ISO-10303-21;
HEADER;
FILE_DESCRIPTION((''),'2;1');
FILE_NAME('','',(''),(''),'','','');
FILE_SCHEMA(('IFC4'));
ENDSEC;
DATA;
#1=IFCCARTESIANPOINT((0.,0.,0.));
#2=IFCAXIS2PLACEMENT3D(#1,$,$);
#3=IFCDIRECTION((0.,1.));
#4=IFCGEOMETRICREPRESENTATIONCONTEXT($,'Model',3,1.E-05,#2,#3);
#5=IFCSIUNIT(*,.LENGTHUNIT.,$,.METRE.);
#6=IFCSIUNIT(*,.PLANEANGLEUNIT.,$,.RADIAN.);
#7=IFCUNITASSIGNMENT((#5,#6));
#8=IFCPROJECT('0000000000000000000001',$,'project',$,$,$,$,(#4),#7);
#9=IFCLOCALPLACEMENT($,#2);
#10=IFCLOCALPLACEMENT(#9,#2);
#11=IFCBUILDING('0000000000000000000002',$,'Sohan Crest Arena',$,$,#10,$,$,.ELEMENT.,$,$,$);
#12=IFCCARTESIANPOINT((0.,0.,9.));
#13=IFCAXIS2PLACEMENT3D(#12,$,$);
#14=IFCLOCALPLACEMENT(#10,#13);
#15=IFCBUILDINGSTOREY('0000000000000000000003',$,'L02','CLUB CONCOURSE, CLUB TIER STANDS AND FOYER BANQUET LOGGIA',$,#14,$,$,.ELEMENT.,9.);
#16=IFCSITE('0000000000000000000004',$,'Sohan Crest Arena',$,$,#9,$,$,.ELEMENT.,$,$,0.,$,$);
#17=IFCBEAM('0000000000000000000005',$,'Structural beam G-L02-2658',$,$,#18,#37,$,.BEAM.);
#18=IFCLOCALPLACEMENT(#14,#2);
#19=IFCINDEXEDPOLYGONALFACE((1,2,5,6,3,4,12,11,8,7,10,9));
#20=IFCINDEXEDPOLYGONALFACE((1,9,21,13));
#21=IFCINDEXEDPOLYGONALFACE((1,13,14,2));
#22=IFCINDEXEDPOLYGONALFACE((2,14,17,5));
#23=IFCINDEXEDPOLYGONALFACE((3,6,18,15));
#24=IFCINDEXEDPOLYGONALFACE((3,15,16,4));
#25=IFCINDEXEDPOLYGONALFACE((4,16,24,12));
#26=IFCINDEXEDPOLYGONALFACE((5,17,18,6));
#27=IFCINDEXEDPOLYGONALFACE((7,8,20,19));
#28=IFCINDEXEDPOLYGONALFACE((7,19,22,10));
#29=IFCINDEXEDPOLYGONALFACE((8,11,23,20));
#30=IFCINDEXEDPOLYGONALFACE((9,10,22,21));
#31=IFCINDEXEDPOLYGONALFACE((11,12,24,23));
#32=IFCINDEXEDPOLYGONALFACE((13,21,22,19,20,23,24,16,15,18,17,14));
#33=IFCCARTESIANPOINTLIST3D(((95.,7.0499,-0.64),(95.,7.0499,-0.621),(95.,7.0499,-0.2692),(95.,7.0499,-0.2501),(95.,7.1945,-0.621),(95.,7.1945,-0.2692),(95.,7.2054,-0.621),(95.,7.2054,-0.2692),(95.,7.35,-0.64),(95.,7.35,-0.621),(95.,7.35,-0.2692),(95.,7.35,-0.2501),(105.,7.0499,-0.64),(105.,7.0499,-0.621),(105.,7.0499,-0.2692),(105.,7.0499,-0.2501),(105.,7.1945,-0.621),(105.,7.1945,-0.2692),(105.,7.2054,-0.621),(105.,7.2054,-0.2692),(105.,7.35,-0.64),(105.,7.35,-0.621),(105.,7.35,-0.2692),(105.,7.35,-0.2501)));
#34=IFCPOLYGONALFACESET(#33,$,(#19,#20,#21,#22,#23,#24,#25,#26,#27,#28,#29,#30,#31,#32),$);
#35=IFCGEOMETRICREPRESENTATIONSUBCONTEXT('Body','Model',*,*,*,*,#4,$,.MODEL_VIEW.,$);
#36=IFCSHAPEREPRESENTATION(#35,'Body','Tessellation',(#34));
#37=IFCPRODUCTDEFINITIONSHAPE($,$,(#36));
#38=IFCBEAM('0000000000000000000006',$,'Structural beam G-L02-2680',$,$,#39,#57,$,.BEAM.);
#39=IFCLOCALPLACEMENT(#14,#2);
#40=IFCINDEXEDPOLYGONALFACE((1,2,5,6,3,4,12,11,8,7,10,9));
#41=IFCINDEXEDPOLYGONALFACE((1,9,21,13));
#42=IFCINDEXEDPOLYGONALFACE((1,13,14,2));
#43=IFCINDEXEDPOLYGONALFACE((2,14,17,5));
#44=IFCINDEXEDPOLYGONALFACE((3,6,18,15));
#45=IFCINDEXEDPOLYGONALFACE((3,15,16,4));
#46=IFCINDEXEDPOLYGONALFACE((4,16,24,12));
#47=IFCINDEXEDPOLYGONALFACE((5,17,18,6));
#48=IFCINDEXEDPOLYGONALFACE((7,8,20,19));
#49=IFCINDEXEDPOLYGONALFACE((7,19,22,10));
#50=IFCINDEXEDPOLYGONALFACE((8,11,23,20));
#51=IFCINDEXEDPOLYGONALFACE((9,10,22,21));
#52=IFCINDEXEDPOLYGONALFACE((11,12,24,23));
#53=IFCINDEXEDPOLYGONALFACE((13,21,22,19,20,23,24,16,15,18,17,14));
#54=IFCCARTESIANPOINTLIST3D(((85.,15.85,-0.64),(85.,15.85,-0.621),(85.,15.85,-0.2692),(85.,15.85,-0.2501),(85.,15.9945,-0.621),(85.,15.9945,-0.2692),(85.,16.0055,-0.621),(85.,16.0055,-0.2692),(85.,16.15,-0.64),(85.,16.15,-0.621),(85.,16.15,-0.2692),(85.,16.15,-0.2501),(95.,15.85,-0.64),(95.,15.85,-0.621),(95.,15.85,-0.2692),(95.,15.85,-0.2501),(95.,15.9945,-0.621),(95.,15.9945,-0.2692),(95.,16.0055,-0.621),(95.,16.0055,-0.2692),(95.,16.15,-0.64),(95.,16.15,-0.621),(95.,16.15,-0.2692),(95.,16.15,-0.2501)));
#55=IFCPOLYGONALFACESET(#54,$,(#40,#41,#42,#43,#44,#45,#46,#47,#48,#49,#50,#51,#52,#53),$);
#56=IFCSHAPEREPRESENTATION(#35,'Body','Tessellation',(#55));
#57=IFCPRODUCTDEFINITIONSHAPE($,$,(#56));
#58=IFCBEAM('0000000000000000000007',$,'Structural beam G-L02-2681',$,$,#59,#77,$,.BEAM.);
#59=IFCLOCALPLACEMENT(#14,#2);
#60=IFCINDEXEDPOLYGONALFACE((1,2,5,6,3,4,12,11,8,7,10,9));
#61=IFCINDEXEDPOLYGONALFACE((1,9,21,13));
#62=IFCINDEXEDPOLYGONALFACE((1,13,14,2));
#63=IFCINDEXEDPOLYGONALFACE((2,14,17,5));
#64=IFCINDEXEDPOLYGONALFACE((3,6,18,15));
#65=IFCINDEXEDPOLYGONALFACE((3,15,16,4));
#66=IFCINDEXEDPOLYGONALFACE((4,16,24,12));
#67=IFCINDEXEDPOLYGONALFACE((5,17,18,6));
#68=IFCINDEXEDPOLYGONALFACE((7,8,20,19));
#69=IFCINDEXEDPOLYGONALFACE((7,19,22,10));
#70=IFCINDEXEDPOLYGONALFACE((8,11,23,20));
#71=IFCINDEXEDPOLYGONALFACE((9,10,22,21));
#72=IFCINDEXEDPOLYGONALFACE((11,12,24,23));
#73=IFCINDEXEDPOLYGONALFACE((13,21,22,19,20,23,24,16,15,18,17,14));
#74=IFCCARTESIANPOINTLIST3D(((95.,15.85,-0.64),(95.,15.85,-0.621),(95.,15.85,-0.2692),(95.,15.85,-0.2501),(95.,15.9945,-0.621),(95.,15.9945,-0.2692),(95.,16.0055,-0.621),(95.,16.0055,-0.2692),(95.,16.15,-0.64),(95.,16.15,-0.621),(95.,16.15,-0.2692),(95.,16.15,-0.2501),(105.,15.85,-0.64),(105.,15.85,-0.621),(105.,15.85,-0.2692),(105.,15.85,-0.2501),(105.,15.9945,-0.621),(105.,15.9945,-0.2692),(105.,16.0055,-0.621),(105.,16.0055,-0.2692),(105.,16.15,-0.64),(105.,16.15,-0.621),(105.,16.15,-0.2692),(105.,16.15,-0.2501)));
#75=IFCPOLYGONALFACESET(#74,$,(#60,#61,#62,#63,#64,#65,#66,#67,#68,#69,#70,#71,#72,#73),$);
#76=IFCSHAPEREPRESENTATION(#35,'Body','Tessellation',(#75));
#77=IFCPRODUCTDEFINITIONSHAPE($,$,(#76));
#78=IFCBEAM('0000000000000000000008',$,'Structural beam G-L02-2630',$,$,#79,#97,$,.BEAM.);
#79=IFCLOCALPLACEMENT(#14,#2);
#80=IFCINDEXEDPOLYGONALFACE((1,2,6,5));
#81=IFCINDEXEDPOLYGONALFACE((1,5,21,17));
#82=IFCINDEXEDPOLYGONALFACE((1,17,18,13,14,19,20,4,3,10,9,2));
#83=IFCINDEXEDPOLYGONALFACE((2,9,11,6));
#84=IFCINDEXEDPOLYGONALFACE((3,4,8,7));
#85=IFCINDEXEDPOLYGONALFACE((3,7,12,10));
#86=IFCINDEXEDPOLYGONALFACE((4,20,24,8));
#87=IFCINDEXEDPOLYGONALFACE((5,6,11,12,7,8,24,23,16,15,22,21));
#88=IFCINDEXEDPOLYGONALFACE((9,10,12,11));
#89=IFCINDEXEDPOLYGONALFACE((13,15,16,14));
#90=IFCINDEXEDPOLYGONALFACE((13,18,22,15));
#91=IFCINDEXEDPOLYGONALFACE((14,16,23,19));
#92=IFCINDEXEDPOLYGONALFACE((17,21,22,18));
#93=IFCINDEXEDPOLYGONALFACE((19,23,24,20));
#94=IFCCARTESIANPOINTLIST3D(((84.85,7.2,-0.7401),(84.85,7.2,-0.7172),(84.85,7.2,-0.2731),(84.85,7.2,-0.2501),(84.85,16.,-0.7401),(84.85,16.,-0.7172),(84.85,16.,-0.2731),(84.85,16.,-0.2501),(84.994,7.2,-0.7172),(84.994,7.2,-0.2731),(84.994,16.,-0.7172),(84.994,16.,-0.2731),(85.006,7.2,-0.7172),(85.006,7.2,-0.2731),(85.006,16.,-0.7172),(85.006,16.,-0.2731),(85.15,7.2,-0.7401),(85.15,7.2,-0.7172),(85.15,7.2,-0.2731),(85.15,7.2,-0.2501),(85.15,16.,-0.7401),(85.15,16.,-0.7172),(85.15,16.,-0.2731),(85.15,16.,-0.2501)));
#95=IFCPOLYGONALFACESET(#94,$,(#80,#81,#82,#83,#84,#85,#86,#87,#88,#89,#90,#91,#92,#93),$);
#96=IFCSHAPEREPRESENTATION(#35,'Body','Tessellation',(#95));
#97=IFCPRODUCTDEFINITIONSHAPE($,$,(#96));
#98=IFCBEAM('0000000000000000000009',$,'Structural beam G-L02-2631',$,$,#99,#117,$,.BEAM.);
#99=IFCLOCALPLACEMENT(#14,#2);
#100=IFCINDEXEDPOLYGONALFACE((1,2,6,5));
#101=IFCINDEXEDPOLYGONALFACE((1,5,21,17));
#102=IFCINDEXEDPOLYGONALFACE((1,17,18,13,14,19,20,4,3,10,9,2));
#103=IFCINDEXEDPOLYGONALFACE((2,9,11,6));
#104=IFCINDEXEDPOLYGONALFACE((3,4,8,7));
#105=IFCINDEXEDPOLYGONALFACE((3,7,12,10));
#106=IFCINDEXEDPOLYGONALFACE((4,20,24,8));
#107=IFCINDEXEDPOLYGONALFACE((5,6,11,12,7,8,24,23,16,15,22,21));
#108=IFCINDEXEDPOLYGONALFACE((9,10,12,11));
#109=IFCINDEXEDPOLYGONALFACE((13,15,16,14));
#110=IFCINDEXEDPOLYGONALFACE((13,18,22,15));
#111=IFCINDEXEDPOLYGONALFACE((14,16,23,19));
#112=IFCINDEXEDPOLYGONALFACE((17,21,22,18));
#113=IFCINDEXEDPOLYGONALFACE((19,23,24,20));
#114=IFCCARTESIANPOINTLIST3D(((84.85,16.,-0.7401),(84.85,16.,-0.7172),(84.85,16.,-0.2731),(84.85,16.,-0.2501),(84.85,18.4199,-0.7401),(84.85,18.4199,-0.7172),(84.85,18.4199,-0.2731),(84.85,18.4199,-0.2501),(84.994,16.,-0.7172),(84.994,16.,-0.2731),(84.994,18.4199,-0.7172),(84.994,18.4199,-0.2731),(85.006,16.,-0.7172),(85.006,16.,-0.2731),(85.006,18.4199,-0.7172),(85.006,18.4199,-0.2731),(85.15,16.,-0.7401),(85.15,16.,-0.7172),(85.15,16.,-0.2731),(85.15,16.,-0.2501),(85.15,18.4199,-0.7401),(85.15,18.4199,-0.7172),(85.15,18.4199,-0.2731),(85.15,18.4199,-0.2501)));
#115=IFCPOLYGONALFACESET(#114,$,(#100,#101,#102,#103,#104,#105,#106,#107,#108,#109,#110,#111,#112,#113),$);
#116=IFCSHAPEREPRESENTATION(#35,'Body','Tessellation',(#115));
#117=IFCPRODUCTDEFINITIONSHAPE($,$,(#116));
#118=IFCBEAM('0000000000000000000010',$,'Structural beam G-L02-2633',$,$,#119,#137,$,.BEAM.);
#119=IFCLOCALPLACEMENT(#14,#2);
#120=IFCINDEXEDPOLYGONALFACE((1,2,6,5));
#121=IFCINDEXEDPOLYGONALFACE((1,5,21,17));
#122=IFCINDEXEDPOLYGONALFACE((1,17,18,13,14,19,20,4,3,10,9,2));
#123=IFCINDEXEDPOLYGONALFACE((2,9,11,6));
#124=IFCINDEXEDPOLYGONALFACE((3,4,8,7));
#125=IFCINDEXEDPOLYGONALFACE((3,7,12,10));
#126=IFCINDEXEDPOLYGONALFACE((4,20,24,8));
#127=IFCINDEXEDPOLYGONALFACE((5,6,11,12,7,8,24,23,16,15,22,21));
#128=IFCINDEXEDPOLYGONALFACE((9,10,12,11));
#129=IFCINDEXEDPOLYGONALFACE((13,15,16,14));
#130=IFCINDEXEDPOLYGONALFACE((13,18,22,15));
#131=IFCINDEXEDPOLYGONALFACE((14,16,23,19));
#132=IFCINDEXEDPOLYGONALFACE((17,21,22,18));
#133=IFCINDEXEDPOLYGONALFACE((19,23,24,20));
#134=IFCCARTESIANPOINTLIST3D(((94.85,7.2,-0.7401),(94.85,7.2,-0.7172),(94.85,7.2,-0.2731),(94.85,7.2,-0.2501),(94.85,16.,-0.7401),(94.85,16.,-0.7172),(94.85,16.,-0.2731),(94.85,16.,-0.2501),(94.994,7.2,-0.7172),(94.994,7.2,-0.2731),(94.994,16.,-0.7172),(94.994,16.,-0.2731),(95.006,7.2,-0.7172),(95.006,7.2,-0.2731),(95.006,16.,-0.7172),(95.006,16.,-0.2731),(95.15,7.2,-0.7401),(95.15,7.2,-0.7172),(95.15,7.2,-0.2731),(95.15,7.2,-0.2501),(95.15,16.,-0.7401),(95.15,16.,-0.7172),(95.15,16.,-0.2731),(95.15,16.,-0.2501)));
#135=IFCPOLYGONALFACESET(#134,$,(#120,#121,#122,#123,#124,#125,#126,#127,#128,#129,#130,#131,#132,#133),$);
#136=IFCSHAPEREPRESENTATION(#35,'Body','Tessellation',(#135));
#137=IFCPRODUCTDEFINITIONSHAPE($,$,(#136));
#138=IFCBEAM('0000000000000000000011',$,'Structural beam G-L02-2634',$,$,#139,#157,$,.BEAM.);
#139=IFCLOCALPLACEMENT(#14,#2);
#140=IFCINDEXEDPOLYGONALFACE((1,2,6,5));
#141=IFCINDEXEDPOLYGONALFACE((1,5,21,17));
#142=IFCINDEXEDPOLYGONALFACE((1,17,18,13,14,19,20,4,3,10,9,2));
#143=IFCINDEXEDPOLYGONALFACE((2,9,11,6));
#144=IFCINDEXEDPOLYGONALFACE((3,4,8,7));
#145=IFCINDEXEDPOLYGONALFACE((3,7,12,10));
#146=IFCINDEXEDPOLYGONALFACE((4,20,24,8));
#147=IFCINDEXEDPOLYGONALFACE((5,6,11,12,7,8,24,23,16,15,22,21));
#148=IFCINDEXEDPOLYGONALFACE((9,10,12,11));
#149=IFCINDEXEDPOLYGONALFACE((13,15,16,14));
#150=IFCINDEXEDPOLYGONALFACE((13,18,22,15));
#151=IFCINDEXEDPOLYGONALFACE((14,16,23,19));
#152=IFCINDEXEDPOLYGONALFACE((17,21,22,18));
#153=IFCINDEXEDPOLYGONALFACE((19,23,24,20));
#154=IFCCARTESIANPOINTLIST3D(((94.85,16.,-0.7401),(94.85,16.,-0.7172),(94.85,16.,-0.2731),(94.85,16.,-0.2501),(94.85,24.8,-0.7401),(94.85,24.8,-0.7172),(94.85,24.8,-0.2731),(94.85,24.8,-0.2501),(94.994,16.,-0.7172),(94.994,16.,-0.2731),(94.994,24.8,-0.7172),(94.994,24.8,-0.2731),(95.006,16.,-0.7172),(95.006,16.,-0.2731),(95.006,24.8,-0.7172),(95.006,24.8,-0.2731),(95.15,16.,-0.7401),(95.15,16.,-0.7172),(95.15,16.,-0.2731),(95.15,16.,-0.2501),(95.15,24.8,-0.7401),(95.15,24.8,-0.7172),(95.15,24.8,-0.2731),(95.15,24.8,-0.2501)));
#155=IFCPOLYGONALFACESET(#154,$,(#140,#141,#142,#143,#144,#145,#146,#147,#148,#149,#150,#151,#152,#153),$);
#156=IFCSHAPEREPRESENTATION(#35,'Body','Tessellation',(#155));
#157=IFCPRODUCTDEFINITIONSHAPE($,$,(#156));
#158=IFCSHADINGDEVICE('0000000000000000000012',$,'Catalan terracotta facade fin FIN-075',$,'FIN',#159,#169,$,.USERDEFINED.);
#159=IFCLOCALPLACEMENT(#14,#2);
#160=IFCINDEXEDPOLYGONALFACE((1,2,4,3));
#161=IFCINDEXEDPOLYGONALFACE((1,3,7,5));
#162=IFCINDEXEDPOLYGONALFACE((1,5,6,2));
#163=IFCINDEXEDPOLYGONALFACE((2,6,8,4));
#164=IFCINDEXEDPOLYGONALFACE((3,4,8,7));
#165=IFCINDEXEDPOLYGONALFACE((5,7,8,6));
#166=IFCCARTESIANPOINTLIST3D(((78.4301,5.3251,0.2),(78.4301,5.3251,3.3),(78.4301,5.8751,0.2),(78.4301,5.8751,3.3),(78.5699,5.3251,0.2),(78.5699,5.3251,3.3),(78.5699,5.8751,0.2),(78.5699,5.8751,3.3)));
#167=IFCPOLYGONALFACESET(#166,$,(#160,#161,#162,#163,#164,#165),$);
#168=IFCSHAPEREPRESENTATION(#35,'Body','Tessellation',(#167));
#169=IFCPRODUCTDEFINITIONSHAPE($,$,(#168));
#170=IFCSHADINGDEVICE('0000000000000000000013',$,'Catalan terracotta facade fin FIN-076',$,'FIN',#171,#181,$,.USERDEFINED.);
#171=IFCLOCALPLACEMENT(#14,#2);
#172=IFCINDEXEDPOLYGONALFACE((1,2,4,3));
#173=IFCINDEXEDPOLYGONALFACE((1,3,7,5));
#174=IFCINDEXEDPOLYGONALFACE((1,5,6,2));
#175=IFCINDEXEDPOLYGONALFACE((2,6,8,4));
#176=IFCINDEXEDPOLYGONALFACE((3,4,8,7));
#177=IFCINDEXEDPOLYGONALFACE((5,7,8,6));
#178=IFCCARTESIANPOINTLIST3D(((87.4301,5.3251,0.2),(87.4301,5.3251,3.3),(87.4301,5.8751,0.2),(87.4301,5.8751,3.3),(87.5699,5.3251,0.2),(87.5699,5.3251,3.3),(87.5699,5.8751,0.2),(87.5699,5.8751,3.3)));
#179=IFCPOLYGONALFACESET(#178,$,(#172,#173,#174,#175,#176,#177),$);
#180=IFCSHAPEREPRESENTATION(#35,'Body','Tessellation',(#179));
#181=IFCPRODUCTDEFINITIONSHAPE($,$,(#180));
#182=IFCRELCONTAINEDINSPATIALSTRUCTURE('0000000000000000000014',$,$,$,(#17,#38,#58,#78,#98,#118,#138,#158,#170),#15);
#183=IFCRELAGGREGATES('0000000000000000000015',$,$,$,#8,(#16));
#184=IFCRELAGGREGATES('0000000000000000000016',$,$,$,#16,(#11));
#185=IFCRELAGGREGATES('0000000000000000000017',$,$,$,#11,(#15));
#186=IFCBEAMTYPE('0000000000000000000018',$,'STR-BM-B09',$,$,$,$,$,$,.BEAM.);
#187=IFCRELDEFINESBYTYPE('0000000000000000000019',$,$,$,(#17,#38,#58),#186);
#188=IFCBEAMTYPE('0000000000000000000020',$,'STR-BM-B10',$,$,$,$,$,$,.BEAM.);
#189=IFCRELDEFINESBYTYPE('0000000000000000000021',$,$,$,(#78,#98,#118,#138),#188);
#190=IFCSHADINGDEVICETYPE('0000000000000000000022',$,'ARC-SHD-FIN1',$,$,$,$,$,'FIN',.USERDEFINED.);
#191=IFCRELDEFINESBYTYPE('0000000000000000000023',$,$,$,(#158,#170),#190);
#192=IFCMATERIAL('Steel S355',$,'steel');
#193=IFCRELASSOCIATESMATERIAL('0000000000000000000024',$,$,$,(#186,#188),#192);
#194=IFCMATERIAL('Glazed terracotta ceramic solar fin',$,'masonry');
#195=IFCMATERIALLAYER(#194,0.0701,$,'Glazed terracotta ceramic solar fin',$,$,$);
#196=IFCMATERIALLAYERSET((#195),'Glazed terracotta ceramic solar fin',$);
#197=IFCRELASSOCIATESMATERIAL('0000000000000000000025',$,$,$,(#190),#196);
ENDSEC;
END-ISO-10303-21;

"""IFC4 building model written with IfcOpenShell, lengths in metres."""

from ifc_helpers import new_model, si_unit, direction, frame, origin, origin_2d, place, context, subcontext, project, spatial, rectangle, i_section, extrude, material, layer, layer_set, material_profile, profile_set, type_object, element, save


model = new_model("IFC4")

# Units and contexts
model_context = context("Model", 3, precision=1e-05, world=origin(), true_north=direction((0.0, 1.0)))
body_context = subcontext(model_context, "Body", "Model", "MODEL_VIEW")
ifc_project = project(units=[si_unit("LENGTHUNIT", "METRE"), si_unit("PLANEANGLEUNIT", "RADIAN")], contexts=[model_context])

# Site, building, storey
site_placement = place(None, origin())
site = spatial("IfcSite", under=ifc_project, at=site_placement, Name="Sohan Crest Arena", CompositionType="ELEMENT", RefElevation=0.0)
building_placement = place(site_placement, origin())
building = spatial("IfcBuilding", under=site, at=building_placement, Name="Sohan Crest Arena", CompositionType="ELEMENT")
storey_placement = place(building_placement, frame((0.0, 0.0, 9.0)))
storey = spatial("IfcBuildingStorey", under=building, at=storey_placement, Name="L02", Description="CLUB CONCOURSE, CLUB TIER STANDS AND FOYER BANQUET LOGGIA", CompositionType="ELEMENT", Elevation=9.0)

# Shared definitions
ifc_material_1 = material(Name="Steel S355", Category="steel")

# Beams
ifc_material_profile_1 = material_profile(ifc_material_1, i_section(OverallWidth=0.3, OverallDepth=0.3899, WebThickness=0.011, FlangeThickness=0.019, at=origin_2d()), Name="HEA 400")
ifc_profile_set_1 = profile_set([ifc_material_profile_1], Name="Steel S355")
beam_type_1 = type_object("IfcBeamType", Name="STR-BM-B09", PredefinedType="BEAM", material=ifc_profile_set_1)
for number, where, z_axis, x_axis, name in (
    (1, (95.0, 7.2, -0.4451), (1.0, 0.0, 0.0), (0.0, 1.0, 0.0), "Structural beam G-L02-2658"),
    (2, (85.0, 16.0, -0.4451), (1.0, 0.0, 0.0), (0.0, 1.0, 0.0), "Structural beam G-L02-2680"),
    (3, (95.0, 16.0, -0.4451), (1.0, 0.0, 0.0), (0.0, 1.0, 0.0), "Structural beam G-L02-2681"),
):
    element("IfcBeam", number, at=place(storey_placement, frame(where, z_axis=z_axis, x_axis=x_axis)), inside=storey, type_object=beam_type_1, Name=name, PredefinedType="BEAM", context=body_context, shape_type="SweptSolid", body=[
        extrude(i_section(OverallWidth=0.3, OverallDepth=0.3899, WebThickness=0.011, FlangeThickness=0.019, at=origin_2d()), origin(), (0.0, 0.0, 1.0), 10.0),
    ])
ifc_material_profile_2 = material_profile(ifc_material_1, i_section(OverallWidth=0.3, OverallDepth=0.49, WebThickness=0.012, FlangeThickness=0.0229, at=origin_2d()), Name="HEA 500")
ifc_profile_set_2 = profile_set([ifc_material_profile_2], Name="Steel S355")
beam_type_2 = type_object("IfcBeamType", Name="STR-BM-B10", PredefinedType="BEAM", material=ifc_profile_set_2)
beam_1_placement = place(storey_placement, frame((85.0, 7.2, -0.4951), z_axis=(0.0, 1.0, 0.0), x_axis=(-1.0, 0.0, 0.0)))
element("IfcBeam", 4, at=beam_1_placement, inside=storey, type_object=beam_type_2, Name="Structural beam G-L02-2630", PredefinedType="BEAM", context=body_context, shape_type="SweptSolid", body=[
    extrude(i_section(OverallWidth=0.3, OverallDepth=0.49, WebThickness=0.012, FlangeThickness=0.0229, at=origin_2d()), origin(), (0.0, 0.0, 1.0), 8.8),
])
beam_2_placement = place(storey_placement, frame((85.0, 16.0, -0.4951), z_axis=(0.0, 1.0, 0.0), x_axis=(-1.0, 0.0, 0.0)))
element("IfcBeam", 5, at=beam_2_placement, inside=storey, type_object=beam_type_2, Name="Structural beam G-L02-2631", PredefinedType="BEAM", context=body_context, shape_type="SweptSolid", body=[
    extrude(i_section(OverallWidth=0.3, OverallDepth=0.49, WebThickness=0.012, FlangeThickness=0.0229, at=origin_2d()), origin(), (0.0, 0.0, 1.0), 2.4199),
])
for number, where, z_axis, x_axis, name in (
    (6, (95.0, 7.2, -0.4951), (0.0, 1.0, 0.0), (-1.0, 0.0, 0.0), "Structural beam G-L02-2633"),
    (7, (95.0, 16.0, -0.4951), (0.0, 1.0, 0.0), (-1.0, 0.0, 0.0), "Structural beam G-L02-2634"),
):
    element("IfcBeam", number, at=place(storey_placement, frame(where, z_axis=z_axis, x_axis=x_axis)), inside=storey, type_object=beam_type_2, Name=name, PredefinedType="BEAM", context=body_context, shape_type="SweptSolid", body=[
        extrude(i_section(OverallWidth=0.3, OverallDepth=0.49, WebThickness=0.012, FlangeThickness=0.0229, at=origin_2d()), origin(), (0.0, 0.0, 1.0), 8.8),
    ])

# Shading devices
ifc_material_2 = material(Name="Glazed terracotta ceramic solar fin", Category="masonry")
ifc_layer = layer(ifc_material_2, 0.0701, Name="Glazed terracotta ceramic solar fin")
ifc_layer_set = layer_set([ifc_layer], Name="Glazed terracotta ceramic solar fin")
shading_device_type = type_object("IfcShadingDeviceType", Name="ARC-SHD-FIN1", ElementType="FIN", PredefinedType="USERDEFINED", material=ifc_layer_set)
for number, where, z_axis, x_axis, name in (
    (8, (78.5, 5.6001, 0.2), (0.0, 0.0, 1.0), (1.0, 0.0, 0.0), "Catalan terracotta facade fin FIN-075"),
    (9, (87.5, 5.6001, 0.2), (0.0, 0.0, 1.0), (1.0, 0.0, 0.0), "Catalan terracotta facade fin FIN-076"),
):
    element("IfcShadingDevice", number, at=place(storey_placement, frame(where, z_axis=z_axis, x_axis=x_axis)), inside=storey, type_object=shading_device_type, Name=name, ObjectType="FIN", PredefinedType="USERDEFINED", context=body_context, shape_type="SweptSolid", body=[
        extrude(rectangle(XDim=0.1399, YDim=0.55, at=origin_2d()), origin(), (0.0, 0.0, 1.0), 3.1001),
    ])

save(model, "model.ifc")
